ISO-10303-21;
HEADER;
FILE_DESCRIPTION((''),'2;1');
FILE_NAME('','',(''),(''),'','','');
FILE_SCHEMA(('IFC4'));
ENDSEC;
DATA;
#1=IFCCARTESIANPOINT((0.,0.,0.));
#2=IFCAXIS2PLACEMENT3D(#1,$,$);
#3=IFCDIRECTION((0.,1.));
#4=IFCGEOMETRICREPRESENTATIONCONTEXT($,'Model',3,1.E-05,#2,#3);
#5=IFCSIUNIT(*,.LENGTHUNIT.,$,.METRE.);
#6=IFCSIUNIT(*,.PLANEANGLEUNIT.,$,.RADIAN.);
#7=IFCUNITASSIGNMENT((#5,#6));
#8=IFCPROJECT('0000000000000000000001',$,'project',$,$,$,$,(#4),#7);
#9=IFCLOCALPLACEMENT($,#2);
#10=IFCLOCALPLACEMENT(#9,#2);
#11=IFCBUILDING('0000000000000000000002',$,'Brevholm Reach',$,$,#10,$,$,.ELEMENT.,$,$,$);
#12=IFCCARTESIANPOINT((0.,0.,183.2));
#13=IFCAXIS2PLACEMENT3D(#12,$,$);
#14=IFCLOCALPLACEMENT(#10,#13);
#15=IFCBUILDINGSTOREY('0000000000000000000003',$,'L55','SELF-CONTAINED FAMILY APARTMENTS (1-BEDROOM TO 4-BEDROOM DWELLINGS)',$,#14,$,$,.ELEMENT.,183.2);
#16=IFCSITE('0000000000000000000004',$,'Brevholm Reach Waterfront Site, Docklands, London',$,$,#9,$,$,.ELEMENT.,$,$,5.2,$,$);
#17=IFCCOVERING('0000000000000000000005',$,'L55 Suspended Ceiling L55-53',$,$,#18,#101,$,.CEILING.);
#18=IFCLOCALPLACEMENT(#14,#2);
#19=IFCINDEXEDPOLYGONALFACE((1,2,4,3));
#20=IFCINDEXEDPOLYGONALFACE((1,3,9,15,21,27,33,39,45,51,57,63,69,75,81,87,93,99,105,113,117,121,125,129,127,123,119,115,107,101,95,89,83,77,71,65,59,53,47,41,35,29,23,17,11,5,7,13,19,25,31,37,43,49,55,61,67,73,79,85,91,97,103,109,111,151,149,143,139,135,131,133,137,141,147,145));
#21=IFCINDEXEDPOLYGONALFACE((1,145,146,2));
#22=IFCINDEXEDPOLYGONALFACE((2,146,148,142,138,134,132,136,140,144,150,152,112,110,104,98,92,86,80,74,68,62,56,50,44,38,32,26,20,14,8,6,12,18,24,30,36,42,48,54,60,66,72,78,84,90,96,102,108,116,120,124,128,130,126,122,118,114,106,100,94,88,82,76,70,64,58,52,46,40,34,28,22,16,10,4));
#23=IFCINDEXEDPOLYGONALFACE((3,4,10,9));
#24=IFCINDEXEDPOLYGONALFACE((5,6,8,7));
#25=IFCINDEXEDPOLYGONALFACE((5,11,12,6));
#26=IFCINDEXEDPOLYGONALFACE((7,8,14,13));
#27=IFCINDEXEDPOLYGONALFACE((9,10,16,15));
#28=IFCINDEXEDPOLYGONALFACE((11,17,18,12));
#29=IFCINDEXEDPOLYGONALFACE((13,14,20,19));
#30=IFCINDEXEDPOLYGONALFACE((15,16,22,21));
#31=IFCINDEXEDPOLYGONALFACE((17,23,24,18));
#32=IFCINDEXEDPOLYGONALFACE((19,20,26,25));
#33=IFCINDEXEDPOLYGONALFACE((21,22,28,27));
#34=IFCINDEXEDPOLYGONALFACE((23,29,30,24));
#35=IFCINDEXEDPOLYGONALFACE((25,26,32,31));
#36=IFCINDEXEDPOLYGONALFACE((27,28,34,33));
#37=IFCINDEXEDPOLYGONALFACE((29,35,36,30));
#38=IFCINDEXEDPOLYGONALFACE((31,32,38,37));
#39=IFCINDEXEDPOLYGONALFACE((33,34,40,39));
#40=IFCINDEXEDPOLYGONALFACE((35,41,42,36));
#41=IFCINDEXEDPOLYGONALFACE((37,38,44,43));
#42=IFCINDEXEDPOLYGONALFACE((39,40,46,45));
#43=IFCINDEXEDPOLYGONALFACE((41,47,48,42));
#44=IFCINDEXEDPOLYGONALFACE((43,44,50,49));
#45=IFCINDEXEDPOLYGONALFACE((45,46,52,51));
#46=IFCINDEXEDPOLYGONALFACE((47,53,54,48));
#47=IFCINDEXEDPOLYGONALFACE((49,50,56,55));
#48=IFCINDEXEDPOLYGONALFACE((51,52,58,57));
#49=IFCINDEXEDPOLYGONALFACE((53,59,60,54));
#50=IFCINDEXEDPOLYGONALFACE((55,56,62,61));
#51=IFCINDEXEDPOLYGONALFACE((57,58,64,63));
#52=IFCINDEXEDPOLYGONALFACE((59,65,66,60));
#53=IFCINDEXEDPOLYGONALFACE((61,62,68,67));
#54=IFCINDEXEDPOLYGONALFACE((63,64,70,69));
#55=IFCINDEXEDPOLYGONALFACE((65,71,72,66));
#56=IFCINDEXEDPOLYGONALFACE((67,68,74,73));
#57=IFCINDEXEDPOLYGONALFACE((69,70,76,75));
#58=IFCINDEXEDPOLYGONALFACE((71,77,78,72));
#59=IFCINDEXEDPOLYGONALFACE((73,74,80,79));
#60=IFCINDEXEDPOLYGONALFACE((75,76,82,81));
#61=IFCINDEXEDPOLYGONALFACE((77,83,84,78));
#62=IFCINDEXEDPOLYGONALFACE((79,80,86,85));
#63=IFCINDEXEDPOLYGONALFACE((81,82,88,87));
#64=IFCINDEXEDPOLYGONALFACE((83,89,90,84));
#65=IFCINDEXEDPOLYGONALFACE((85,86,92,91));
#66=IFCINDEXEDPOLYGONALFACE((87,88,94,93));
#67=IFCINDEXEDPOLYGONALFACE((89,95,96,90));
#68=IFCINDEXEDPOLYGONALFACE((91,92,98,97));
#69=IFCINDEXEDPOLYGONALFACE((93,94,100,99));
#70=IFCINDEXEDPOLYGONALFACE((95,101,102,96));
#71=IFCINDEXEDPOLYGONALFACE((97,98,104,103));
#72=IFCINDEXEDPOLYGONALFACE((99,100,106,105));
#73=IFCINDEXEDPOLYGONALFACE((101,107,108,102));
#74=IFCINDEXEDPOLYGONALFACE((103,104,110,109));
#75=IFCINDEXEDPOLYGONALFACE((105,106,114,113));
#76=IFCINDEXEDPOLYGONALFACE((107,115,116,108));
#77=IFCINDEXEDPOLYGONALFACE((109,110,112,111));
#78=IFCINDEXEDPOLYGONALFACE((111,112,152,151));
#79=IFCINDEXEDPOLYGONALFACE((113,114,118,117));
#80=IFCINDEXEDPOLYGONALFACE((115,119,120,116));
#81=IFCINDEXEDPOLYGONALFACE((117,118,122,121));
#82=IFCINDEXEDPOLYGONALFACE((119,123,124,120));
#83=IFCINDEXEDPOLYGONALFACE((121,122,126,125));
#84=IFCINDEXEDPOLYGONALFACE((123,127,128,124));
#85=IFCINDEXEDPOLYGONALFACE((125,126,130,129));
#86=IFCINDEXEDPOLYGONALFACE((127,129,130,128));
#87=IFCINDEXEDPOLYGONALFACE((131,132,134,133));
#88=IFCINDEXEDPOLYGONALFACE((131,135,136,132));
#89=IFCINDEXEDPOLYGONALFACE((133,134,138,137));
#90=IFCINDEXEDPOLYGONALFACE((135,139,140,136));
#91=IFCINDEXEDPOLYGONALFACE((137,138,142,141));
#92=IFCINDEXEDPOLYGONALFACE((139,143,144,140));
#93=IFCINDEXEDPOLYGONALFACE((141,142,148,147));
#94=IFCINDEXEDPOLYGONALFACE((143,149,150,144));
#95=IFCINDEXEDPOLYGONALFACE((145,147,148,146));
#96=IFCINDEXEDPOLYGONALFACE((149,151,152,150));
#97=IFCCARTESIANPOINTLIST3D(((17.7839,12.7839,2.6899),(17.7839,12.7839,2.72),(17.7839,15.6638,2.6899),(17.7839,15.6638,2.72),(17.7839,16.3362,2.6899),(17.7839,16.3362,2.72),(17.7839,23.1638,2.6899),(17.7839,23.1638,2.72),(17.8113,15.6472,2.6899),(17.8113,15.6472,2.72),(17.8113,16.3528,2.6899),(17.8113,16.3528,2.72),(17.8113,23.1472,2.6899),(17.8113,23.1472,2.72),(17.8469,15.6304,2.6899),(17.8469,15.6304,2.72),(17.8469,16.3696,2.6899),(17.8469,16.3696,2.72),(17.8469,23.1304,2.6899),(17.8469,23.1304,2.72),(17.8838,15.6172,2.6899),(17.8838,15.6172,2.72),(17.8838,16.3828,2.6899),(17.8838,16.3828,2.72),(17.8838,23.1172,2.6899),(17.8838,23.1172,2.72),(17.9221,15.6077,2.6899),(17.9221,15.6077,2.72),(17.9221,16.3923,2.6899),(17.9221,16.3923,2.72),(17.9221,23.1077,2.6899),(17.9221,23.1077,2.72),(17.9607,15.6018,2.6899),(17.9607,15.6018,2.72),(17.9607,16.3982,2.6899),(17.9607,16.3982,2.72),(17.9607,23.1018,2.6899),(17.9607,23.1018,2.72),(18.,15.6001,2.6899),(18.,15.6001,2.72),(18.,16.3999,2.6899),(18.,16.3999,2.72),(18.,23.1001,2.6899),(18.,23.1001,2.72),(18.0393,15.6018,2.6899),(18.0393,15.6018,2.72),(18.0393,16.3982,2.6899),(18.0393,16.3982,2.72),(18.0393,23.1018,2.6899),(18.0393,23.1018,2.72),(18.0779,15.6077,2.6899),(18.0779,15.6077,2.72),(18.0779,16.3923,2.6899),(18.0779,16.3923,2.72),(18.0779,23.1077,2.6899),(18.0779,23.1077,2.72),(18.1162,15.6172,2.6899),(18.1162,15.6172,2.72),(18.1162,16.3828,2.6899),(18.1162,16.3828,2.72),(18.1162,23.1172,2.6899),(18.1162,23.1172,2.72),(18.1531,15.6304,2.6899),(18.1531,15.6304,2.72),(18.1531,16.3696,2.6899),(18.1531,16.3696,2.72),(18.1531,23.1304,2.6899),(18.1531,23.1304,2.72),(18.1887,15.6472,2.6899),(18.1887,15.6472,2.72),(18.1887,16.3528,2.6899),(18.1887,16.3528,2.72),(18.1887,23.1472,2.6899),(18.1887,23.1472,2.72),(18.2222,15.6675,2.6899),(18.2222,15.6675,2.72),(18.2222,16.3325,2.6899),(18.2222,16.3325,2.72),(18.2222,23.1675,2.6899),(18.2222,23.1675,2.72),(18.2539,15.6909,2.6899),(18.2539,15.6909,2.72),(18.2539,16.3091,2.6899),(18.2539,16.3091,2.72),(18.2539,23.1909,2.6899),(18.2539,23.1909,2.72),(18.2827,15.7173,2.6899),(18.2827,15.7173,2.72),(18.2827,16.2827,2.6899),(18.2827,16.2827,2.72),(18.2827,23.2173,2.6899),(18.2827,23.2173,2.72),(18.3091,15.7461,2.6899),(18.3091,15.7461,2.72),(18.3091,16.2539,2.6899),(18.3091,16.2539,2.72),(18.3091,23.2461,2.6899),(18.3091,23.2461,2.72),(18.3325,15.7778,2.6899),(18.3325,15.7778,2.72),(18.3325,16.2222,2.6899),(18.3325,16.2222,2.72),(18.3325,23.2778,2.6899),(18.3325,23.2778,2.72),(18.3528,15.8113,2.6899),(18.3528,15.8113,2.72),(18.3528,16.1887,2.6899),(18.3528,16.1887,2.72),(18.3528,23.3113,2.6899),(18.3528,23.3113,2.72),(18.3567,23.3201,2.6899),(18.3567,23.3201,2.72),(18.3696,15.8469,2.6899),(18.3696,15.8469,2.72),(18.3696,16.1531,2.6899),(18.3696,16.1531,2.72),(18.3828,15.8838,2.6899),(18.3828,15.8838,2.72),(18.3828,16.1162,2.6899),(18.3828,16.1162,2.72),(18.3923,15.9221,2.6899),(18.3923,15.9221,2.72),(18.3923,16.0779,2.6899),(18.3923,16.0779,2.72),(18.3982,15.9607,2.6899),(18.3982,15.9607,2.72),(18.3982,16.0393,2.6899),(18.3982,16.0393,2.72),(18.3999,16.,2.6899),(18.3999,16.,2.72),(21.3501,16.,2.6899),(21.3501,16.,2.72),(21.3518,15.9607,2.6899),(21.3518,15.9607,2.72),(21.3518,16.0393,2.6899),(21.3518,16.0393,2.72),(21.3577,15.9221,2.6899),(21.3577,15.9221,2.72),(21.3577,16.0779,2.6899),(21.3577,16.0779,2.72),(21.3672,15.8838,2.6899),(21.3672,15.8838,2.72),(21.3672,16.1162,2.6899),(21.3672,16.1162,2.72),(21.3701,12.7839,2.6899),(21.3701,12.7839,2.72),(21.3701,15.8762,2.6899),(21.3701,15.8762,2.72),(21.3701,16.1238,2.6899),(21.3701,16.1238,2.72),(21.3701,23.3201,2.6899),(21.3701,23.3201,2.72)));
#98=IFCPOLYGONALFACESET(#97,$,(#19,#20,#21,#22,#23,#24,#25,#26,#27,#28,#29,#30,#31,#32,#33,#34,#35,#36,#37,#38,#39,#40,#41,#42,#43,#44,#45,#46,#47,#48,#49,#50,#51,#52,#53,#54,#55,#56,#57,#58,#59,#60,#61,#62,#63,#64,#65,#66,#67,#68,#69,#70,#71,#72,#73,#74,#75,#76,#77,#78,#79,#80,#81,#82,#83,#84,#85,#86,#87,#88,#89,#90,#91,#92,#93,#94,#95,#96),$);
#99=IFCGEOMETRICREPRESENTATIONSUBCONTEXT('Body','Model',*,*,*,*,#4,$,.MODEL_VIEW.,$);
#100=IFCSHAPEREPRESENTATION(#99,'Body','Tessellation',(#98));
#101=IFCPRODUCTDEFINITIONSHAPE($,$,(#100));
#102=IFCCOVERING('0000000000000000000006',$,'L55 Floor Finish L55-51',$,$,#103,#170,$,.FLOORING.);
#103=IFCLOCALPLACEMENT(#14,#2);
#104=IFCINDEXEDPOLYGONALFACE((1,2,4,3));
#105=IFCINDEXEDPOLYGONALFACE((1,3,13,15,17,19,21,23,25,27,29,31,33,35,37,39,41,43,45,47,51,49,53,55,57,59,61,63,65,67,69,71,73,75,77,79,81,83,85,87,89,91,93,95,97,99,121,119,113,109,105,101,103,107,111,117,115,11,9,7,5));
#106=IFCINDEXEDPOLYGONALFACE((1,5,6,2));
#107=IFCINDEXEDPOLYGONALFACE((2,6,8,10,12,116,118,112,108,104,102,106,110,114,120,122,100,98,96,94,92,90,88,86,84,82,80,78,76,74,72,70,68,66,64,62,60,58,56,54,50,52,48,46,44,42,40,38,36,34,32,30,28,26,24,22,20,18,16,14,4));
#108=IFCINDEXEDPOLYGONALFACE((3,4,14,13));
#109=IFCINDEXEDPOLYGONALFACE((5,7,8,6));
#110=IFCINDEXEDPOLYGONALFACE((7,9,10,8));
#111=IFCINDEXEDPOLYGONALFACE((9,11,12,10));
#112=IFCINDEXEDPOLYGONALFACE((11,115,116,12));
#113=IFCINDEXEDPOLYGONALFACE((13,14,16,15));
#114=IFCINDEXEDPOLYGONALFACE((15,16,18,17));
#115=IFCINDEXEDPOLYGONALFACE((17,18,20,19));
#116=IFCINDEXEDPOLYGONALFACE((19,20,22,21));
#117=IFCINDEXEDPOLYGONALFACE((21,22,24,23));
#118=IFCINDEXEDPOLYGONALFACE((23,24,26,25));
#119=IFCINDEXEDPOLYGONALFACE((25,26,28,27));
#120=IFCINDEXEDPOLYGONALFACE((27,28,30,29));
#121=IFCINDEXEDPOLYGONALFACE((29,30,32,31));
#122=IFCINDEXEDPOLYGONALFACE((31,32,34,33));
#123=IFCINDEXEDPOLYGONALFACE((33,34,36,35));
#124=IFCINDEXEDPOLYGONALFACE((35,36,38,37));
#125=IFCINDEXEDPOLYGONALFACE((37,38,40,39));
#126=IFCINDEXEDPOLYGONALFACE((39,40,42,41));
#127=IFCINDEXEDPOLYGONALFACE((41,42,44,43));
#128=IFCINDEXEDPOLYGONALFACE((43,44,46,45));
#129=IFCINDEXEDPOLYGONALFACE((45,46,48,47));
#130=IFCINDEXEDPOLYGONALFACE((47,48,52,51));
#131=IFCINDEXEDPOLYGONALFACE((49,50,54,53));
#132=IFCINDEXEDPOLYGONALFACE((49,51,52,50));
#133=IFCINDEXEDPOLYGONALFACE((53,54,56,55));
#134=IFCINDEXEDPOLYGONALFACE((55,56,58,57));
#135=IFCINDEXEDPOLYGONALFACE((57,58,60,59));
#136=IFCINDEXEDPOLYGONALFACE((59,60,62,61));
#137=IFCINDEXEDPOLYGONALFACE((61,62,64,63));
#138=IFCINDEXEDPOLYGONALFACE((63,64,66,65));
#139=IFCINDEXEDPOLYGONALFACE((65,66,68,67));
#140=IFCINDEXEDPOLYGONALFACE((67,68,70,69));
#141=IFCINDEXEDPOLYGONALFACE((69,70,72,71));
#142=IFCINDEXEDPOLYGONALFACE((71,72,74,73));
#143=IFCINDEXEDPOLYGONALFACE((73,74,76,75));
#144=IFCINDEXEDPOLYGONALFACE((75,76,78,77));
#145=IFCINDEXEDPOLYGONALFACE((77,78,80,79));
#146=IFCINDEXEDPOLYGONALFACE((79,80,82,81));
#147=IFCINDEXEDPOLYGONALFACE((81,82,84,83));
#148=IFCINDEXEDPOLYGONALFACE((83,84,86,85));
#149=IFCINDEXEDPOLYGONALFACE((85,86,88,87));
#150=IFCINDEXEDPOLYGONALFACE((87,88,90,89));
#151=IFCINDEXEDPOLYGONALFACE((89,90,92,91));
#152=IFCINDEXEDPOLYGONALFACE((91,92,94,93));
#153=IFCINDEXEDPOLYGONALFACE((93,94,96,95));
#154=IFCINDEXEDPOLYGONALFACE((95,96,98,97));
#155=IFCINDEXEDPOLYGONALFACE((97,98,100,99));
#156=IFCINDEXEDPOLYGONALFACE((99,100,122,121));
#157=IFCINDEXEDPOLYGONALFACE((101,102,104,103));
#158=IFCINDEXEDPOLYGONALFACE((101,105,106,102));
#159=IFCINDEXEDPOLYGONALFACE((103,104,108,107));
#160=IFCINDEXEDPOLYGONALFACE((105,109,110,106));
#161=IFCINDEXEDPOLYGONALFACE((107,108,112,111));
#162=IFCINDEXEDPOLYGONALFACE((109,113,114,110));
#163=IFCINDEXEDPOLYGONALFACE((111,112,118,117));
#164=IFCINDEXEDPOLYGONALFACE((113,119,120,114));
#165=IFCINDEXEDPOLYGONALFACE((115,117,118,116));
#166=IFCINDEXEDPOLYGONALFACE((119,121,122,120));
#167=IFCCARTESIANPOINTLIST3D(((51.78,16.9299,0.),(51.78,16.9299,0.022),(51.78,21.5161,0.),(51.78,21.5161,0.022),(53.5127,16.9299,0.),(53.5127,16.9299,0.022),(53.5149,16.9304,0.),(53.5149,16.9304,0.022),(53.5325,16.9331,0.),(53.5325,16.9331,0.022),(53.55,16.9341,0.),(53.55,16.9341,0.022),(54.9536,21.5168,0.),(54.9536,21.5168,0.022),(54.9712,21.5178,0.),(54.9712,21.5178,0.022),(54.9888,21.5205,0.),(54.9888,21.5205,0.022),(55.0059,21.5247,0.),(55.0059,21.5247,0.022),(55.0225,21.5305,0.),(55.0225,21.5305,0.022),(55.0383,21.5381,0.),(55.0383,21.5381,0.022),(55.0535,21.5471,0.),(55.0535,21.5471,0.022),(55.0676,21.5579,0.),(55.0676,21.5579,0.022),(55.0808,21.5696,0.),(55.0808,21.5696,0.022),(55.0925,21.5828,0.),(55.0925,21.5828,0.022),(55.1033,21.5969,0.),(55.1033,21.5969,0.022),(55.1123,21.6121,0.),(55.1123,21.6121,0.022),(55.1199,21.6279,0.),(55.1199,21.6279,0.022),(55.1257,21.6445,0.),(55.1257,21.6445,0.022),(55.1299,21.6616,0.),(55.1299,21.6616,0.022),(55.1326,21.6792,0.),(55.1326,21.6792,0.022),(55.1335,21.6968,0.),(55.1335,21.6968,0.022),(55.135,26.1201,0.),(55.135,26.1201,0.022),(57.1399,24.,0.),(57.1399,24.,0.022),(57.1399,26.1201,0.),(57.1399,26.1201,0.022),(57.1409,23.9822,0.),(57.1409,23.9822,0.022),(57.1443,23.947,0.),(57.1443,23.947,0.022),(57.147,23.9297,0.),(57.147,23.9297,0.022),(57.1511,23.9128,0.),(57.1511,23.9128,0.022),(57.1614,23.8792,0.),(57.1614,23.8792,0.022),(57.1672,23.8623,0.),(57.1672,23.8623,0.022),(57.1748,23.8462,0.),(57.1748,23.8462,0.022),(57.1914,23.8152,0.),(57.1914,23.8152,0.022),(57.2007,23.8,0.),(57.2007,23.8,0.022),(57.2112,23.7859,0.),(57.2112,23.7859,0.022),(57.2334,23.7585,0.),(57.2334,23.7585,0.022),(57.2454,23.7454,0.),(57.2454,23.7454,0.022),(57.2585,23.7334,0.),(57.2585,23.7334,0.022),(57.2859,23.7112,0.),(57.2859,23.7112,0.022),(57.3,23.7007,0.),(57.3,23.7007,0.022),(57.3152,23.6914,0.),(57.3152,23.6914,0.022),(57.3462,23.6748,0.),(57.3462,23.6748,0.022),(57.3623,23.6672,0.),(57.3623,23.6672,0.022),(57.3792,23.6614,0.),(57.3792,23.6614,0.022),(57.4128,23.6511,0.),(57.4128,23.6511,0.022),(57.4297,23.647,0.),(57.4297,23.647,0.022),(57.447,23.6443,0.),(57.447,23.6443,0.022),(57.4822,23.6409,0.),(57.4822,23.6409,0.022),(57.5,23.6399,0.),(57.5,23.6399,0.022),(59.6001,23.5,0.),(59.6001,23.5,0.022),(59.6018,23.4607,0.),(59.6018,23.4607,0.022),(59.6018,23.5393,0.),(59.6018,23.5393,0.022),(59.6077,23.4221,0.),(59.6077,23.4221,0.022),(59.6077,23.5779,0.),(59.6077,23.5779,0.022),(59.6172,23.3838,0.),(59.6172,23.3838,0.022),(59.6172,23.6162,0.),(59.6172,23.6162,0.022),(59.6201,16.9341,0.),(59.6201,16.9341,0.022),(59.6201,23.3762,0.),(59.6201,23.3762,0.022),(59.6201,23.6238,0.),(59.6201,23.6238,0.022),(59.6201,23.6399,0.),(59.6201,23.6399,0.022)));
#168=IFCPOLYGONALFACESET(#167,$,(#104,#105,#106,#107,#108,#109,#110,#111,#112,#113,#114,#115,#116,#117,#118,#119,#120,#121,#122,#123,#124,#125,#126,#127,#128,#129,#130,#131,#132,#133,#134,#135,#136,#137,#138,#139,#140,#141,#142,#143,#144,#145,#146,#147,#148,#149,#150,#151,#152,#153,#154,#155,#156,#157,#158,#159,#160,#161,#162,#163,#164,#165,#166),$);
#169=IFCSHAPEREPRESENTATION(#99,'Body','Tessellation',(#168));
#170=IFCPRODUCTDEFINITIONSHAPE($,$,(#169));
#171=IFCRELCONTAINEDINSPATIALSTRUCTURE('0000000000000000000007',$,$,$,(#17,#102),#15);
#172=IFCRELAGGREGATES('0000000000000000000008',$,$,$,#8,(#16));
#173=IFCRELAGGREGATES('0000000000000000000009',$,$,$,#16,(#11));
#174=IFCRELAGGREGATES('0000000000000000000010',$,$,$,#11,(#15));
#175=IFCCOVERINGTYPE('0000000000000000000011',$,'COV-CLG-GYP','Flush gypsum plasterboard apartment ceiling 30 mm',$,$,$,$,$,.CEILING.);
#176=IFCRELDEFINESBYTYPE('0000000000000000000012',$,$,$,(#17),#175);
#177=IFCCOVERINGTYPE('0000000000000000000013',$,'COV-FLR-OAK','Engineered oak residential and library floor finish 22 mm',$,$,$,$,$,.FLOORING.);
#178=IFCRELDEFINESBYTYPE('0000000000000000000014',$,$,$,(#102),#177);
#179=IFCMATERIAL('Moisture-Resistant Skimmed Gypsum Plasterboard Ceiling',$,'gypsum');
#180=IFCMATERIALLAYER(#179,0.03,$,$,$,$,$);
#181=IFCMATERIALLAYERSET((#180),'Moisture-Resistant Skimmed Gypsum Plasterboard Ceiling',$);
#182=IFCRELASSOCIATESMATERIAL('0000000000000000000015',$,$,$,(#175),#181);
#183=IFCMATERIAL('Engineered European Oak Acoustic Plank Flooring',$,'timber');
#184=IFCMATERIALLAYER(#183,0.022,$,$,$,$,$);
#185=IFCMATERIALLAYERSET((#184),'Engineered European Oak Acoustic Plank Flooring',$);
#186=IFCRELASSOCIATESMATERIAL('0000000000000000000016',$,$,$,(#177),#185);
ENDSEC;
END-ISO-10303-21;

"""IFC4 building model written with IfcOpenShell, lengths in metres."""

from ifc_helpers import new_model, si_unit, direction, frame, origin, place, context, subcontext, project, spatial, polyline, outline, extrude, material, layer, layer_set, type_object, element, save


model = new_model("IFC4")

# Units and contexts
model_context = context("Model", 3, precision=1e-05, world=origin(), true_north=direction((0.0, 1.0)))
body_context = subcontext(model_context, "Body", "Model", "MODEL_VIEW")
ifc_project = project(units=[si_unit("LENGTHUNIT", "METRE"), si_unit("PLANEANGLEUNIT", "RADIAN")], contexts=[model_context])

# Site, building, storey
site_placement = place(None, origin())
site = spatial("IfcSite", under=ifc_project, at=site_placement, Name="Brevholm Reach Waterfront Site, Docklands, London", CompositionType="ELEMENT", RefElevation=5.2)
building_placement = place(site_placement, origin())
building = spatial("IfcBuilding", under=site, at=building_placement, Name="Brevholm Reach", CompositionType="ELEMENT")
storey_placement = place(building_placement, frame((0.0, 0.0, 183.2)))
storey = spatial("IfcBuildingStorey", under=building, at=storey_placement, Name="L55", Description="SELF-CONTAINED FAMILY APARTMENTS (1-BEDROOM TO 4-BEDROOM DWELLINGS)", CompositionType="ELEMENT", Elevation=183.2)

# Coverings
ifc_material_1 = material(Name="Moisture-Resistant Skimmed Gypsum Plasterboard Ceiling", Category="gypsum")
ifc_layer_1 = layer(ifc_material_1, 0.03)
ifc_layer_set_1 = layer_set([ifc_layer_1], Name="Moisture-Resistant Skimmed Gypsum Plasterboard Ceiling")
covering_type_1 = type_object("IfcCoveringType", Name="COV-CLG-GYP", Description="Flush gypsum plasterboard apartment ceiling 30 mm", PredefinedType="CEILING", material=ifc_layer_set_1)
covering_1_placement = place(storey_placement, frame((0.0, 0.0, 2.6899)))
element("IfcCovering", 1, at=covering_1_placement, inside=storey, type_object=covering_type_1, Name="L55 Suspended Ceiling L55-53", PredefinedType="CEILING", context=body_context, shape_type="SweptSolid", body=[
    extrude(outline(polyline([(21.3701, 23.3201), (21.3701, 16.1238), (21.3672, 16.1162), (21.3577, 16.0779), (21.3518, 16.0393), (21.3501, 16.0), (21.3518, 15.9607), (21.3577, 15.9221), (21.3672, 15.8838), (21.3701, 15.8762), (21.3701, 12.7839), (17.7839, 12.7839), (17.7839, 15.6638), (17.8113, 15.6472), (17.8469, 15.6304), (17.8838, 15.6172), (17.9221, 15.6077), (17.9607, 15.6018), (18.0, 15.6001), (18.0393, 15.6018), (18.0779, 15.6077), (18.1162, 15.6172), (18.1531, 15.6304), (18.1887, 15.6472), (18.2222, 15.6675), (18.2539, 15.6909), (18.2827, 15.7173), (18.3091, 15.7461), (18.3325, 15.7778), (18.3528, 15.8113), (18.3696, 15.8469), (18.3828, 15.8838), (18.3923, 15.9221), (18.3982, 15.9607), (18.3999, 16.0), (18.3982, 16.0393), (18.3923, 16.0779), (18.3828, 16.1162), (18.3696, 16.1531), (18.3528, 16.1887), (18.3325, 16.2222), (18.3091, 16.2539), (18.2827, 16.2827), (18.2539, 16.3091), (18.2222, 16.3325), (18.1887, 16.3528), (18.1531, 16.3696), (18.1162, 16.3828), (18.0779, 16.3923), (18.0393, 16.3982), (18.0, 16.3999), (17.9607, 16.3982), (17.9221, 16.3923), (17.8838, 16.3828), (17.8469, 16.3696), (17.8113, 16.3528), (17.7839, 16.3362), (17.7839, 23.1638), (17.8113, 23.1472), (17.8469, 23.1304), (17.8838, 23.1172), (17.9221, 23.1077), (17.9607, 23.1018), (18.0, 23.1001), (18.0393, 23.1018), (18.0779, 23.1077), (18.1162, 23.1172), (18.1531, 23.1304), (18.1887, 23.1472), (18.2222, 23.1675), (18.2539, 23.1909), (18.2827, 23.2173), (18.3091, 23.2461), (18.3325, 23.2778), (18.3528, 23.3113), (18.3567, 23.3201), (21.3701, 23.3201)])), origin(), (0.0, 0.0, 1.0), 0.03),
])
ifc_material_2 = material(Name="Engineered European Oak Acoustic Plank Flooring", Category="timber")
ifc_layer_2 = layer(ifc_material_2, 0.022)
ifc_layer_set_2 = layer_set([ifc_layer_2], Name="Engineered European Oak Acoustic Plank Flooring")
covering_type_2 = type_object("IfcCoveringType", Name="COV-FLR-OAK", Description="Engineered oak residential and library floor finish 22 mm", PredefinedType="FLOORING", material=ifc_layer_set_2)
covering_2_placement = place(storey_placement, origin())
element("IfcCovering", 2, at=covering_2_placement, inside=storey, type_object=covering_type_2, Name="L55 Floor Finish L55-51", PredefinedType="FLOORING", context=body_context, shape_type="SweptSolid", body=[
    extrude(outline(polyline([(51.78, 16.9299), (51.78, 21.5161), (54.9536, 21.5168), (54.9712, 21.5178), (54.9888, 21.5205), (55.0059, 21.5247), (55.0225, 21.5305), (55.0383, 21.5381), (55.0535, 21.5471), (55.0676, 21.5579), (55.0808, 21.5696), (55.0925, 21.5828), (55.1033, 21.5969), (55.1123, 21.6121), (55.1199, 21.6279), (55.1257, 21.6445), (55.1299, 21.6616), (55.1326, 21.6792), (55.1335, 21.6968), (55.135, 26.1201), (57.1399, 26.1201), (57.1399, 24.0), (57.1409, 23.9822), (57.1443, 23.947), (57.147, 23.9297), (57.1511, 23.9128), (57.1614, 23.8792), (57.1672, 23.8623), (57.1748, 23.8462), (57.1914, 23.8152), (57.2007, 23.8), (57.2112, 23.7859), (57.2334, 23.7585), (57.2454, 23.7454), (57.2585, 23.7334), (57.2859, 23.7112), (57.3, 23.7007), (57.3152, 23.6914), (57.3462, 23.6748), (57.3623, 23.6672), (57.3792, 23.6614), (57.4128, 23.6511), (57.4297, 23.647), (57.447, 23.6443), (57.4822, 23.6409), (57.5, 23.6399), (59.6201, 23.6399), (59.6201, 23.6238), (59.6172, 23.6162), (59.6077, 23.5779), (59.6018, 23.5393), (59.6001, 23.5), (59.6018, 23.4607), (59.6077, 23.4221), (59.6172, 23.3838), (59.6201, 23.3762), (59.6201, 16.9341), (53.55, 16.9341), (53.5325, 16.9331), (53.5149, 16.9304), (53.5127, 16.9299), (51.78, 16.9299)])), origin(), (0.0, 0.0, 1.0), 0.022),
])

save(model, "model.ifc")
